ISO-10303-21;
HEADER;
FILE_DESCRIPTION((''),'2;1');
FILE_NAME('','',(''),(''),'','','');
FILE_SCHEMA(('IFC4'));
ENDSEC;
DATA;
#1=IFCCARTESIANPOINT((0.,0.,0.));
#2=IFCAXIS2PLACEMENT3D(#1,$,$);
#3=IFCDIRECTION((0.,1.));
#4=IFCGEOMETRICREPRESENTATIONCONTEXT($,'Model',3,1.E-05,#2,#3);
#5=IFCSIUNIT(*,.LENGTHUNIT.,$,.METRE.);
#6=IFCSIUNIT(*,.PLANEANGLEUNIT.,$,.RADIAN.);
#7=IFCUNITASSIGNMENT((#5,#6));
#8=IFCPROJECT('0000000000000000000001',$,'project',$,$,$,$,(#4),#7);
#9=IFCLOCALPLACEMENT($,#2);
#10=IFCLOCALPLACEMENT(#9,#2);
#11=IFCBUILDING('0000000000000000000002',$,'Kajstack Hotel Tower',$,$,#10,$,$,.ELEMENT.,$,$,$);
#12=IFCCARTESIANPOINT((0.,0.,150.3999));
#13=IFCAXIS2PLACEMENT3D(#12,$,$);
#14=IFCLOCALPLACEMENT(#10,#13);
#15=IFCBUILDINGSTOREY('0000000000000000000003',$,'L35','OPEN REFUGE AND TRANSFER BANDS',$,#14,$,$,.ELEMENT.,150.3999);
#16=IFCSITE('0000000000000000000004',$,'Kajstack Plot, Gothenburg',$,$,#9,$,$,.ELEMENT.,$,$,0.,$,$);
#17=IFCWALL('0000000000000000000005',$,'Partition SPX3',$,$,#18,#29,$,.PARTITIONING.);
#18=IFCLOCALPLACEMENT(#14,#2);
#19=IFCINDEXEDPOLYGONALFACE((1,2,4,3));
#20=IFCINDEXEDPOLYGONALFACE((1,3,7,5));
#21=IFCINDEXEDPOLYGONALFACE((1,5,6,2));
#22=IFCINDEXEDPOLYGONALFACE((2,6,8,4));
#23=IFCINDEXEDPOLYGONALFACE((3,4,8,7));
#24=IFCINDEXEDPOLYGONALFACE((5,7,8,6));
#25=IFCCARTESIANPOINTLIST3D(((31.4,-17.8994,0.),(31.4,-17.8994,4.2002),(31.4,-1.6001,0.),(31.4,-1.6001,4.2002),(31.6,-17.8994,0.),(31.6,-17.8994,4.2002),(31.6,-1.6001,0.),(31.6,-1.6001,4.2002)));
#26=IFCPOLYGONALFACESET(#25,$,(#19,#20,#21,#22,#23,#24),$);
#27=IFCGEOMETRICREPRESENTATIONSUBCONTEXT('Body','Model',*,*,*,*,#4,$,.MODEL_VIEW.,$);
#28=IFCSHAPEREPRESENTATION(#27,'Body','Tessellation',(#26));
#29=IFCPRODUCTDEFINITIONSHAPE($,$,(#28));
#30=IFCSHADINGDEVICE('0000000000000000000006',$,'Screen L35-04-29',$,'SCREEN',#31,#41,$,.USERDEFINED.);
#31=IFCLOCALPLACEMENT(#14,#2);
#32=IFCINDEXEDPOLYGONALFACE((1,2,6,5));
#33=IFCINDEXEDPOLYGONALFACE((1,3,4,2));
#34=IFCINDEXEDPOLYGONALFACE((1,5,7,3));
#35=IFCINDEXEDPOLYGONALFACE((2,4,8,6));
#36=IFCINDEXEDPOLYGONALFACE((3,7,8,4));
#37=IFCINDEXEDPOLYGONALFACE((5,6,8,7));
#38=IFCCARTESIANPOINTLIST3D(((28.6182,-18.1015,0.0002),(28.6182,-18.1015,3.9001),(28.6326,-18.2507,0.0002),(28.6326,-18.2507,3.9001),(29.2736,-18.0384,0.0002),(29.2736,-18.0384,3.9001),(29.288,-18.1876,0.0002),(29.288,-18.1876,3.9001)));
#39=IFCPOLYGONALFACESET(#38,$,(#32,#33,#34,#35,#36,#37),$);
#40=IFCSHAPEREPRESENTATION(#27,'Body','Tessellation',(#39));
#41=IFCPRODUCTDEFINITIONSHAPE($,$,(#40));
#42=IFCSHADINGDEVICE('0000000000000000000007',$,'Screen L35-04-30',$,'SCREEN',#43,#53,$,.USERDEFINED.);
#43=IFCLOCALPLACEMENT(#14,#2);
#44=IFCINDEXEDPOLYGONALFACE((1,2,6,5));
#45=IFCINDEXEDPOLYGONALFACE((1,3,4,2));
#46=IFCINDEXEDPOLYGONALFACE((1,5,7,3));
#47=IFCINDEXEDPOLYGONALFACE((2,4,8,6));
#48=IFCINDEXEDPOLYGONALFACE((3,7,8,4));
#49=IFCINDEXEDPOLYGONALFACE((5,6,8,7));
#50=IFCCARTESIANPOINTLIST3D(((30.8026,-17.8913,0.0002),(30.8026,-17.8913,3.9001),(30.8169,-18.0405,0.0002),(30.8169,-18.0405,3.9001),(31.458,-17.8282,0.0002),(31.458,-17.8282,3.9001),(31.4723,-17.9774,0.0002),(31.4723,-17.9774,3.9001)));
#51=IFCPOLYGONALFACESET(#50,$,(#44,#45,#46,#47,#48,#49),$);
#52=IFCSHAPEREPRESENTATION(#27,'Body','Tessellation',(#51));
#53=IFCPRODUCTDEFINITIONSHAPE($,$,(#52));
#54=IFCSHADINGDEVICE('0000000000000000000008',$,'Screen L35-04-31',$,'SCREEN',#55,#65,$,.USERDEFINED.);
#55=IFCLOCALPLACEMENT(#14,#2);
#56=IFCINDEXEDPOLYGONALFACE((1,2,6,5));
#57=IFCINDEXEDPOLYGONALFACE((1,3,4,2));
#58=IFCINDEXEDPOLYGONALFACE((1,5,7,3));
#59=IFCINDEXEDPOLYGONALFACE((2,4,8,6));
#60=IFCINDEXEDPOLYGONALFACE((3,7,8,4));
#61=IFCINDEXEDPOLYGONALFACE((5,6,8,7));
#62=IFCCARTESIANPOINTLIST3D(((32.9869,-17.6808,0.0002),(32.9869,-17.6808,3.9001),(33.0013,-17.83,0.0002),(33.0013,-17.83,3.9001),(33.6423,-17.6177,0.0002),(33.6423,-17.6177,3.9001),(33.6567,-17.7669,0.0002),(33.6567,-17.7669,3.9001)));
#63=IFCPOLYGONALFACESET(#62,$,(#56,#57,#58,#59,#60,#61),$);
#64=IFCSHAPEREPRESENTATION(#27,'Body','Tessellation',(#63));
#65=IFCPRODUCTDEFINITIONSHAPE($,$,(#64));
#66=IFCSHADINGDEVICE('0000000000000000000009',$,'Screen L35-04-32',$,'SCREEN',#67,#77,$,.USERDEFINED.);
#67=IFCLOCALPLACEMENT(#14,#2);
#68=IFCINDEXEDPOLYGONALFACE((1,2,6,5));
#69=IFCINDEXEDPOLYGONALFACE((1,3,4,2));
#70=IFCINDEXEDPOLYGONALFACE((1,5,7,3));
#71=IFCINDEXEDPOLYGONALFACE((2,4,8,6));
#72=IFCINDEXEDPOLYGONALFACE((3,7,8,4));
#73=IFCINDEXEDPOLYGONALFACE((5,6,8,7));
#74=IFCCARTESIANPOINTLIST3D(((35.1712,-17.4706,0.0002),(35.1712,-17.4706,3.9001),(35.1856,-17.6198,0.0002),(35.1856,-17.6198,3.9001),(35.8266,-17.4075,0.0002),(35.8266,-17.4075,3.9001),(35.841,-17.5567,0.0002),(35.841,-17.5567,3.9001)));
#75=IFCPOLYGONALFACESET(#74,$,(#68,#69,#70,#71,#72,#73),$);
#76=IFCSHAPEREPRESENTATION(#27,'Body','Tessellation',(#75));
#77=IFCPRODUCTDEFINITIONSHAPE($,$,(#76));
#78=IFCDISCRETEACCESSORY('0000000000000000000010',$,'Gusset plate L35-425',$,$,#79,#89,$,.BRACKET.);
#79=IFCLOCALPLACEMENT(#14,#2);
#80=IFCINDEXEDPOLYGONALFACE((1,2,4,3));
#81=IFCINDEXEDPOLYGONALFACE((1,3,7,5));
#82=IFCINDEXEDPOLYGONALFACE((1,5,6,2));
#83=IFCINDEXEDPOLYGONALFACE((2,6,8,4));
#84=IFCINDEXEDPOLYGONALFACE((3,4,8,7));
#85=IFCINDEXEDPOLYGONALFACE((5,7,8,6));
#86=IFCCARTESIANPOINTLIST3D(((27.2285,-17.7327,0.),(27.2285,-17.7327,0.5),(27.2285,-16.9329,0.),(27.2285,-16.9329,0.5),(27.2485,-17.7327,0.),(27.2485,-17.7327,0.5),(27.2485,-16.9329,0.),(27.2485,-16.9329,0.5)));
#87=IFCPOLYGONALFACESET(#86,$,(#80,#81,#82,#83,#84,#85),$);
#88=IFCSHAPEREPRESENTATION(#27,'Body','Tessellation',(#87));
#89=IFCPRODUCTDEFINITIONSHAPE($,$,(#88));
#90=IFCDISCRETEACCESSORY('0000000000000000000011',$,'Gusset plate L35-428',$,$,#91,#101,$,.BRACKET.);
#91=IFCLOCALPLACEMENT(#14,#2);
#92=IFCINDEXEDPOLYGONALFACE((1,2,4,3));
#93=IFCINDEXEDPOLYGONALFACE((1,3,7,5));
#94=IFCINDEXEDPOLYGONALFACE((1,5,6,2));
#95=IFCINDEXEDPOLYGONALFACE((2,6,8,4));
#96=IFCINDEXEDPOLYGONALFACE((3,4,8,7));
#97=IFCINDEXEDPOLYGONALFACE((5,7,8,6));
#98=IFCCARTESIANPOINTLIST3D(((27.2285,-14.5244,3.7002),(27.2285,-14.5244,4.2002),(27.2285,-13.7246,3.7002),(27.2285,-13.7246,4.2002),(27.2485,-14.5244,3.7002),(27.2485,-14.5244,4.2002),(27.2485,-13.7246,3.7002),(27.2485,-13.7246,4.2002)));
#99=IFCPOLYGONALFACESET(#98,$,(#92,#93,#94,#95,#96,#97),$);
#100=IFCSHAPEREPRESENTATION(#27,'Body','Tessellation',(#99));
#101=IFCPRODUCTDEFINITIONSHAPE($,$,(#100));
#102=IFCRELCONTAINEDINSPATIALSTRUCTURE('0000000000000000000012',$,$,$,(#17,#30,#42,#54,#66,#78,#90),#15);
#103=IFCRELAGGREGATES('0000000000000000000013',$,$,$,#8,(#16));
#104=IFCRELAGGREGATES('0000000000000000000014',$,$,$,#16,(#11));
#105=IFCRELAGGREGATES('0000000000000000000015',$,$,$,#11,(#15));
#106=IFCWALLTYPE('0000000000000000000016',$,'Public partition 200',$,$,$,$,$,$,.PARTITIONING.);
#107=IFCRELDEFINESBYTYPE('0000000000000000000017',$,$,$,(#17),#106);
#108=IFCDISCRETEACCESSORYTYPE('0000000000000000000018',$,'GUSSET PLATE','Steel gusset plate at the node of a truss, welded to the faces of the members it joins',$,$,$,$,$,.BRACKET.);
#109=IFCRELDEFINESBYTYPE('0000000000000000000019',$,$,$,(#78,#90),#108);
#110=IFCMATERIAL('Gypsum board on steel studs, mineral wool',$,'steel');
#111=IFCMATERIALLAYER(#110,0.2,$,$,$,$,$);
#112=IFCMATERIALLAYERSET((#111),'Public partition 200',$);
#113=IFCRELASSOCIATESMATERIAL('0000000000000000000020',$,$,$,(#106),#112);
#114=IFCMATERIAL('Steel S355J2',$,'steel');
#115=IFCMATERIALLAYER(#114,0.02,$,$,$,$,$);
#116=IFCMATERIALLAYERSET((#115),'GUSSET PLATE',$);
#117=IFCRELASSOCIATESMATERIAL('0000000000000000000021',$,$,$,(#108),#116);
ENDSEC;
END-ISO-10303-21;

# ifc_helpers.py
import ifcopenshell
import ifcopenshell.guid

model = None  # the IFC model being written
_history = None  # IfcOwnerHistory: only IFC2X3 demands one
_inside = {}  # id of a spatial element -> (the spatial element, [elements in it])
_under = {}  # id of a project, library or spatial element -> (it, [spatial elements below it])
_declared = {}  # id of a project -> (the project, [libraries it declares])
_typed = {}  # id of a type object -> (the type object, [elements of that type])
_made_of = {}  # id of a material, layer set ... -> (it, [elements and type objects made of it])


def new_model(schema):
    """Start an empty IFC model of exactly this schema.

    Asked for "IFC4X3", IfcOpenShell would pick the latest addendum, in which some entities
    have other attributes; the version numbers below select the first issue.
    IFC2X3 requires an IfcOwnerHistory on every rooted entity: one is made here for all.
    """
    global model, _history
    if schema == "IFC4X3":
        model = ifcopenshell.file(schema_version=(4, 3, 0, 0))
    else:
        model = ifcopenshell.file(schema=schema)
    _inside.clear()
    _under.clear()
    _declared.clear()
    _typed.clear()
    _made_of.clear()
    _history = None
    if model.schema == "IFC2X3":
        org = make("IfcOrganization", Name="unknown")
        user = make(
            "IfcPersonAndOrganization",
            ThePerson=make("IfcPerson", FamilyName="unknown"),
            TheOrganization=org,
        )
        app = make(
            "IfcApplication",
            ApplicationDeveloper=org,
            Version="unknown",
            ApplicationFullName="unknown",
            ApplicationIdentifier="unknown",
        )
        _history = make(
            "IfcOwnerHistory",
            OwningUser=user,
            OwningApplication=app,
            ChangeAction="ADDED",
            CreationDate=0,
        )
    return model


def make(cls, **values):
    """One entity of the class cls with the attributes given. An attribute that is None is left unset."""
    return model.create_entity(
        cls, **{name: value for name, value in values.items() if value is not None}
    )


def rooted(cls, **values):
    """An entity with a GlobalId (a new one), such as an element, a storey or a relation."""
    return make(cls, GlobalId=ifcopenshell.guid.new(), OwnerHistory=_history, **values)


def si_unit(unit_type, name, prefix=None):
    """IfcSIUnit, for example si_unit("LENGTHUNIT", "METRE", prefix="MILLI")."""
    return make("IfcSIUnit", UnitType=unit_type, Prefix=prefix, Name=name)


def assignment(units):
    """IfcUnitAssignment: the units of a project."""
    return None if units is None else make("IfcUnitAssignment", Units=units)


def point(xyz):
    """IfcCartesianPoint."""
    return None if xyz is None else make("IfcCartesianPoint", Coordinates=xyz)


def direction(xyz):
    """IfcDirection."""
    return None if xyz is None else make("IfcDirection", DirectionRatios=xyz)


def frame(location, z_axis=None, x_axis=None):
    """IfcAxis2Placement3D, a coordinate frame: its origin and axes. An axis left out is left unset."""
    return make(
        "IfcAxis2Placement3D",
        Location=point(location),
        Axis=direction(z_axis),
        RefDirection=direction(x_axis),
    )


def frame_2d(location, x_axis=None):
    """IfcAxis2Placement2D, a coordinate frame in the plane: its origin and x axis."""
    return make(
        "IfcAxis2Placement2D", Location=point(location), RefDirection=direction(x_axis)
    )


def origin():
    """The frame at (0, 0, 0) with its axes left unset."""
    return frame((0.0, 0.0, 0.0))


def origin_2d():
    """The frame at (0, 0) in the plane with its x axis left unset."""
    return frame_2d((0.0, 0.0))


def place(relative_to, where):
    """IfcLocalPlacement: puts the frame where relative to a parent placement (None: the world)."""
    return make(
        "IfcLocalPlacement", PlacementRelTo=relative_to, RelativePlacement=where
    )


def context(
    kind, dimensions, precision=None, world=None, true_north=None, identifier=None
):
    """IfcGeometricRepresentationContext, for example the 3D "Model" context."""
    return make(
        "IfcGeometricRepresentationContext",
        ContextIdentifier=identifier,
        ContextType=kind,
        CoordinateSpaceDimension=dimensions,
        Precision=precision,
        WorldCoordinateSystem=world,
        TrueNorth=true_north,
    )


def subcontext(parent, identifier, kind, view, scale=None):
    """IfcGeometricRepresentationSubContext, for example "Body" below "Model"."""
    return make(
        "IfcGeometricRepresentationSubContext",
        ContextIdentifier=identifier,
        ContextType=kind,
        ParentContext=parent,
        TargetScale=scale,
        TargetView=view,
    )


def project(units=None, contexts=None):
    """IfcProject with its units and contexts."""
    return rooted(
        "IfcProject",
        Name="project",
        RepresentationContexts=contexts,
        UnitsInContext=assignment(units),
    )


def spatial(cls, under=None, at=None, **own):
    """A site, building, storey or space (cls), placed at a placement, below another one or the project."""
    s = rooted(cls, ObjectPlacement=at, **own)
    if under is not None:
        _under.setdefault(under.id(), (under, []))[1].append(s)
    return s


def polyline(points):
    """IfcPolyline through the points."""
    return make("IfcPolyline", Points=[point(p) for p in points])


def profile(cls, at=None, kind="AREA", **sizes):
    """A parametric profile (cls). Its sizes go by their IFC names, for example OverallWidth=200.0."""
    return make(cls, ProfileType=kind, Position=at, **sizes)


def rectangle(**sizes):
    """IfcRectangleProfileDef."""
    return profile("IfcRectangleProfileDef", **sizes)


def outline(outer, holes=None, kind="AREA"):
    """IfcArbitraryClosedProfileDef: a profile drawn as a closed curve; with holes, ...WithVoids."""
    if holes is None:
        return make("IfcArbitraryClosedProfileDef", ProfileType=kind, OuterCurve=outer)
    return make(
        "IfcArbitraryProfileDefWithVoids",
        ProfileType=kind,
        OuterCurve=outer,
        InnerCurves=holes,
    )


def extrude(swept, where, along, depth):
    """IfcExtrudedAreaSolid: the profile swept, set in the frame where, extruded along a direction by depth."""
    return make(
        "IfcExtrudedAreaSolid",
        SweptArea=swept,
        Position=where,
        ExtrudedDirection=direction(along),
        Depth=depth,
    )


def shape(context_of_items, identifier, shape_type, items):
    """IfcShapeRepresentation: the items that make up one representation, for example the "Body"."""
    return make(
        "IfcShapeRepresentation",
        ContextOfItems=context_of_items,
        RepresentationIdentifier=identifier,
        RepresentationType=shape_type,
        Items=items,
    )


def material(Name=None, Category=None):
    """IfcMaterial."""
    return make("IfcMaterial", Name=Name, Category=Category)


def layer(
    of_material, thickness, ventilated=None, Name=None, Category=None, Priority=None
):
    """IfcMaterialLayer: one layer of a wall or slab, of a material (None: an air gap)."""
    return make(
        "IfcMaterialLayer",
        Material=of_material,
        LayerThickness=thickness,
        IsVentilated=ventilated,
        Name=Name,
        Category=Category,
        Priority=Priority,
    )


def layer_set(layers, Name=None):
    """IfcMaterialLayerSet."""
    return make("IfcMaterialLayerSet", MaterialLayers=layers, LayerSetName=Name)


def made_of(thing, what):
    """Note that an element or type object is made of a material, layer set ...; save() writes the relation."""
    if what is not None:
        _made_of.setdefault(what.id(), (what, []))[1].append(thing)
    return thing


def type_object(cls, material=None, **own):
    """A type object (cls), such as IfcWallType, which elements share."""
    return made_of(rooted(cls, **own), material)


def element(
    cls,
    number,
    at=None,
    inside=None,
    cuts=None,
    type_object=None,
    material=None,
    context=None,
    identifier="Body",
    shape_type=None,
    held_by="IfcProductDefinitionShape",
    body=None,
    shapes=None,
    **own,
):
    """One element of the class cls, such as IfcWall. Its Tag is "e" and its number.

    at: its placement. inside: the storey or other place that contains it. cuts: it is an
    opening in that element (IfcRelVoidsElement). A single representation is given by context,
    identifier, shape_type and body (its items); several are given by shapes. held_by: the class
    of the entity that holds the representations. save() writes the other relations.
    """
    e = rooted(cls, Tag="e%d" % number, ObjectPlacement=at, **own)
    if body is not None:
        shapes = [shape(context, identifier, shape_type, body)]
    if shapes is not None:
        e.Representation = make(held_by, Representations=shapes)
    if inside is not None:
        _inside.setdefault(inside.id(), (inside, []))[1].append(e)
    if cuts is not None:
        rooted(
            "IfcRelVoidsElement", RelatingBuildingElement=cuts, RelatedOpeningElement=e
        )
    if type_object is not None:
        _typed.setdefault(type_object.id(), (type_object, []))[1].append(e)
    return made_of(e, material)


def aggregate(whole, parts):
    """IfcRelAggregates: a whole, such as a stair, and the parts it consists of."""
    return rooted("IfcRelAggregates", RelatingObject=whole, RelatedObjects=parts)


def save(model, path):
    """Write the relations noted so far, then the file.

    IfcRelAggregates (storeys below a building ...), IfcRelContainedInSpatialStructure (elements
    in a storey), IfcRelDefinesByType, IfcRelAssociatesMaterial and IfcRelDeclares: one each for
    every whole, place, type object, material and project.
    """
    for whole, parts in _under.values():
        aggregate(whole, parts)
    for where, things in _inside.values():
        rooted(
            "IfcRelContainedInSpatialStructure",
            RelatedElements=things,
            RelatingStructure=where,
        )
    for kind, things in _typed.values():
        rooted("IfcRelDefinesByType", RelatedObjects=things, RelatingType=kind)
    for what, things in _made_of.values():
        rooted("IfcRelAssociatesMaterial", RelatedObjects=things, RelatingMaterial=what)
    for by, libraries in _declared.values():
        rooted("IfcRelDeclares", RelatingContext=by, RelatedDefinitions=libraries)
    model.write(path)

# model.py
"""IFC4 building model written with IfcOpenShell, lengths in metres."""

from ifc_helpers import new_model, si_unit, direction, frame, frame_2d, origin, origin_2d, place, context, subcontext, project, spatial, polyline, rectangle, outline, extrude, material, layer, layer_set, type_object, element, save


model = new_model("IFC4")

# Units and contexts
model_context = context("Model", 3, precision=1e-05, world=origin(), true_north=direction((0.0, 1.0)))
body_context = subcontext(model_context, "Body", "Model", "MODEL_VIEW")
ifc_project = project(units=[si_unit("LENGTHUNIT", "METRE"), si_unit("PLANEANGLEUNIT", "RADIAN")], contexts=[model_context])

# Site, building, storey
site_placement = place(None, origin())
site = spatial("IfcSite", under=ifc_project, at=site_placement, Name="Kajstack Plot, Gothenburg", CompositionType="ELEMENT", RefElevation=0.0)
building_placement = place(site_placement, origin())
building = spatial("IfcBuilding", under=site, at=building_placement, Name="Kajstack Hotel Tower", CompositionType="ELEMENT")
storey_placement = place(building_placement, frame((0.0, 0.0, 150.3999)))
storey = spatial("IfcBuildingStorey", under=building, at=storey_placement, Name="L35", Description="OPEN REFUGE AND TRANSFER BANDS", CompositionType="ELEMENT", Elevation=150.3999)

# Shared definitions
ifc_material_1 = material(Name="Steel S355J2", Category="steel")

# Wall
ifc_material_2 = material(Name="Gypsum board on steel studs, mineral wool", Category="steel")
ifc_layer_1 = layer(ifc_material_2, 0.2)
ifc_layer_set_1 = layer_set([ifc_layer_1], Name="Public partition 200")
wall_type = type_object("IfcWallType", Name="Public partition 200", PredefinedType="PARTITIONING", material=ifc_layer_set_1)
wall_placement = place(storey_placement, frame((31.5, -17.8994, 0.0), z_axis=(0.0, 0.0, 1.0), x_axis=(0.0, 1.0, 0.0)))
element("IfcWall", 1, at=wall_placement, inside=storey, type_object=wall_type, Name="Partition SPX3", PredefinedType="PARTITIONING", context=body_context, shape_type="SweptSolid", body=[
    extrude(rectangle(XDim=16.2993, YDim=0.2, at=frame_2d((8.1497, 0.0))), origin(), (0.0, 0.0, 1.0), 4.2002),
])

# Shading devices
for number, where, z_axis, x_axis, name in (
    (2, (28.9531, -18.1445, 0.0002), (0.0, 0.0, 1.0), (0.995396, 0.095846, 0.0), "Screen L35-04-29"),
    (3, (31.1375, -17.9343, 0.0002), (0.0, 0.0, 1.0), (0.995396, 0.095846, 0.0), "Screen L35-04-30"),
    (4, (33.3218, -17.7239, 0.0002), (0.0, 0.0, 1.0), (0.995396, 0.095846, 0.0), "Screen L35-04-31"),
    (5, (35.5061, -17.5137, 0.0002), (0.0, 0.0, 1.0), (0.995396, 0.095846, 0.0), "Screen L35-04-32"),
):
    element("IfcShadingDevice", number, at=place(storey_placement, frame(where, z_axis=z_axis, x_axis=x_axis)), inside=storey, Name=name, ObjectType="SCREEN", PredefinedType="USERDEFINED", context=body_context, shape_type="SweptSolid", body=[
        extrude(rectangle(XDim=0.6584, YDim=0.1499, at=origin_2d()), origin(), (0.0, 0.0, 1.0), 3.8999),
    ])

# Discrete accessories
ifc_layer_2 = layer(ifc_material_1, 0.02)
ifc_layer_set_2 = layer_set([ifc_layer_2], Name="GUSSET PLATE")
discrete_accessory_type = type_object("IfcDiscreteAccessoryType", Name="GUSSET PLATE", Description="Steel gusset plate at the node of a truss, welded to the faces of the members it joins", PredefinedType="BRACKET", material=ifc_layer_set_2)
for number, where, z_axis, x_axis, name in (
    (6, (27.2285, -17.3328, 0.0), (1.0, 0.0, 0.0), (0.0, 1.0, 0.0), "Gusset plate L35-425"),
    (7, (27.2285, -14.1245, 3.7002), (1.0, 0.0, 0.0), (0.0, 1.0, 0.0), "Gusset plate L35-428"),
):
    element("IfcDiscreteAccessory", number, at=place(storey_placement, frame(where, z_axis=z_axis, x_axis=x_axis)), inside=storey, type_object=discrete_accessory_type, Name=name, PredefinedType="BRACKET", context=body_context, shape_type="SweptSolid", body=[
        extrude(outline(polyline([(-0.3999, 0.0), (0.3999, 0.0), (0.3999, 0.5), (-0.3999, 0.5), (-0.3999, 0.0)])), origin(), (0.0, 0.0, 1.0), 0.02),
    ])

save(model, "model.ifc")
